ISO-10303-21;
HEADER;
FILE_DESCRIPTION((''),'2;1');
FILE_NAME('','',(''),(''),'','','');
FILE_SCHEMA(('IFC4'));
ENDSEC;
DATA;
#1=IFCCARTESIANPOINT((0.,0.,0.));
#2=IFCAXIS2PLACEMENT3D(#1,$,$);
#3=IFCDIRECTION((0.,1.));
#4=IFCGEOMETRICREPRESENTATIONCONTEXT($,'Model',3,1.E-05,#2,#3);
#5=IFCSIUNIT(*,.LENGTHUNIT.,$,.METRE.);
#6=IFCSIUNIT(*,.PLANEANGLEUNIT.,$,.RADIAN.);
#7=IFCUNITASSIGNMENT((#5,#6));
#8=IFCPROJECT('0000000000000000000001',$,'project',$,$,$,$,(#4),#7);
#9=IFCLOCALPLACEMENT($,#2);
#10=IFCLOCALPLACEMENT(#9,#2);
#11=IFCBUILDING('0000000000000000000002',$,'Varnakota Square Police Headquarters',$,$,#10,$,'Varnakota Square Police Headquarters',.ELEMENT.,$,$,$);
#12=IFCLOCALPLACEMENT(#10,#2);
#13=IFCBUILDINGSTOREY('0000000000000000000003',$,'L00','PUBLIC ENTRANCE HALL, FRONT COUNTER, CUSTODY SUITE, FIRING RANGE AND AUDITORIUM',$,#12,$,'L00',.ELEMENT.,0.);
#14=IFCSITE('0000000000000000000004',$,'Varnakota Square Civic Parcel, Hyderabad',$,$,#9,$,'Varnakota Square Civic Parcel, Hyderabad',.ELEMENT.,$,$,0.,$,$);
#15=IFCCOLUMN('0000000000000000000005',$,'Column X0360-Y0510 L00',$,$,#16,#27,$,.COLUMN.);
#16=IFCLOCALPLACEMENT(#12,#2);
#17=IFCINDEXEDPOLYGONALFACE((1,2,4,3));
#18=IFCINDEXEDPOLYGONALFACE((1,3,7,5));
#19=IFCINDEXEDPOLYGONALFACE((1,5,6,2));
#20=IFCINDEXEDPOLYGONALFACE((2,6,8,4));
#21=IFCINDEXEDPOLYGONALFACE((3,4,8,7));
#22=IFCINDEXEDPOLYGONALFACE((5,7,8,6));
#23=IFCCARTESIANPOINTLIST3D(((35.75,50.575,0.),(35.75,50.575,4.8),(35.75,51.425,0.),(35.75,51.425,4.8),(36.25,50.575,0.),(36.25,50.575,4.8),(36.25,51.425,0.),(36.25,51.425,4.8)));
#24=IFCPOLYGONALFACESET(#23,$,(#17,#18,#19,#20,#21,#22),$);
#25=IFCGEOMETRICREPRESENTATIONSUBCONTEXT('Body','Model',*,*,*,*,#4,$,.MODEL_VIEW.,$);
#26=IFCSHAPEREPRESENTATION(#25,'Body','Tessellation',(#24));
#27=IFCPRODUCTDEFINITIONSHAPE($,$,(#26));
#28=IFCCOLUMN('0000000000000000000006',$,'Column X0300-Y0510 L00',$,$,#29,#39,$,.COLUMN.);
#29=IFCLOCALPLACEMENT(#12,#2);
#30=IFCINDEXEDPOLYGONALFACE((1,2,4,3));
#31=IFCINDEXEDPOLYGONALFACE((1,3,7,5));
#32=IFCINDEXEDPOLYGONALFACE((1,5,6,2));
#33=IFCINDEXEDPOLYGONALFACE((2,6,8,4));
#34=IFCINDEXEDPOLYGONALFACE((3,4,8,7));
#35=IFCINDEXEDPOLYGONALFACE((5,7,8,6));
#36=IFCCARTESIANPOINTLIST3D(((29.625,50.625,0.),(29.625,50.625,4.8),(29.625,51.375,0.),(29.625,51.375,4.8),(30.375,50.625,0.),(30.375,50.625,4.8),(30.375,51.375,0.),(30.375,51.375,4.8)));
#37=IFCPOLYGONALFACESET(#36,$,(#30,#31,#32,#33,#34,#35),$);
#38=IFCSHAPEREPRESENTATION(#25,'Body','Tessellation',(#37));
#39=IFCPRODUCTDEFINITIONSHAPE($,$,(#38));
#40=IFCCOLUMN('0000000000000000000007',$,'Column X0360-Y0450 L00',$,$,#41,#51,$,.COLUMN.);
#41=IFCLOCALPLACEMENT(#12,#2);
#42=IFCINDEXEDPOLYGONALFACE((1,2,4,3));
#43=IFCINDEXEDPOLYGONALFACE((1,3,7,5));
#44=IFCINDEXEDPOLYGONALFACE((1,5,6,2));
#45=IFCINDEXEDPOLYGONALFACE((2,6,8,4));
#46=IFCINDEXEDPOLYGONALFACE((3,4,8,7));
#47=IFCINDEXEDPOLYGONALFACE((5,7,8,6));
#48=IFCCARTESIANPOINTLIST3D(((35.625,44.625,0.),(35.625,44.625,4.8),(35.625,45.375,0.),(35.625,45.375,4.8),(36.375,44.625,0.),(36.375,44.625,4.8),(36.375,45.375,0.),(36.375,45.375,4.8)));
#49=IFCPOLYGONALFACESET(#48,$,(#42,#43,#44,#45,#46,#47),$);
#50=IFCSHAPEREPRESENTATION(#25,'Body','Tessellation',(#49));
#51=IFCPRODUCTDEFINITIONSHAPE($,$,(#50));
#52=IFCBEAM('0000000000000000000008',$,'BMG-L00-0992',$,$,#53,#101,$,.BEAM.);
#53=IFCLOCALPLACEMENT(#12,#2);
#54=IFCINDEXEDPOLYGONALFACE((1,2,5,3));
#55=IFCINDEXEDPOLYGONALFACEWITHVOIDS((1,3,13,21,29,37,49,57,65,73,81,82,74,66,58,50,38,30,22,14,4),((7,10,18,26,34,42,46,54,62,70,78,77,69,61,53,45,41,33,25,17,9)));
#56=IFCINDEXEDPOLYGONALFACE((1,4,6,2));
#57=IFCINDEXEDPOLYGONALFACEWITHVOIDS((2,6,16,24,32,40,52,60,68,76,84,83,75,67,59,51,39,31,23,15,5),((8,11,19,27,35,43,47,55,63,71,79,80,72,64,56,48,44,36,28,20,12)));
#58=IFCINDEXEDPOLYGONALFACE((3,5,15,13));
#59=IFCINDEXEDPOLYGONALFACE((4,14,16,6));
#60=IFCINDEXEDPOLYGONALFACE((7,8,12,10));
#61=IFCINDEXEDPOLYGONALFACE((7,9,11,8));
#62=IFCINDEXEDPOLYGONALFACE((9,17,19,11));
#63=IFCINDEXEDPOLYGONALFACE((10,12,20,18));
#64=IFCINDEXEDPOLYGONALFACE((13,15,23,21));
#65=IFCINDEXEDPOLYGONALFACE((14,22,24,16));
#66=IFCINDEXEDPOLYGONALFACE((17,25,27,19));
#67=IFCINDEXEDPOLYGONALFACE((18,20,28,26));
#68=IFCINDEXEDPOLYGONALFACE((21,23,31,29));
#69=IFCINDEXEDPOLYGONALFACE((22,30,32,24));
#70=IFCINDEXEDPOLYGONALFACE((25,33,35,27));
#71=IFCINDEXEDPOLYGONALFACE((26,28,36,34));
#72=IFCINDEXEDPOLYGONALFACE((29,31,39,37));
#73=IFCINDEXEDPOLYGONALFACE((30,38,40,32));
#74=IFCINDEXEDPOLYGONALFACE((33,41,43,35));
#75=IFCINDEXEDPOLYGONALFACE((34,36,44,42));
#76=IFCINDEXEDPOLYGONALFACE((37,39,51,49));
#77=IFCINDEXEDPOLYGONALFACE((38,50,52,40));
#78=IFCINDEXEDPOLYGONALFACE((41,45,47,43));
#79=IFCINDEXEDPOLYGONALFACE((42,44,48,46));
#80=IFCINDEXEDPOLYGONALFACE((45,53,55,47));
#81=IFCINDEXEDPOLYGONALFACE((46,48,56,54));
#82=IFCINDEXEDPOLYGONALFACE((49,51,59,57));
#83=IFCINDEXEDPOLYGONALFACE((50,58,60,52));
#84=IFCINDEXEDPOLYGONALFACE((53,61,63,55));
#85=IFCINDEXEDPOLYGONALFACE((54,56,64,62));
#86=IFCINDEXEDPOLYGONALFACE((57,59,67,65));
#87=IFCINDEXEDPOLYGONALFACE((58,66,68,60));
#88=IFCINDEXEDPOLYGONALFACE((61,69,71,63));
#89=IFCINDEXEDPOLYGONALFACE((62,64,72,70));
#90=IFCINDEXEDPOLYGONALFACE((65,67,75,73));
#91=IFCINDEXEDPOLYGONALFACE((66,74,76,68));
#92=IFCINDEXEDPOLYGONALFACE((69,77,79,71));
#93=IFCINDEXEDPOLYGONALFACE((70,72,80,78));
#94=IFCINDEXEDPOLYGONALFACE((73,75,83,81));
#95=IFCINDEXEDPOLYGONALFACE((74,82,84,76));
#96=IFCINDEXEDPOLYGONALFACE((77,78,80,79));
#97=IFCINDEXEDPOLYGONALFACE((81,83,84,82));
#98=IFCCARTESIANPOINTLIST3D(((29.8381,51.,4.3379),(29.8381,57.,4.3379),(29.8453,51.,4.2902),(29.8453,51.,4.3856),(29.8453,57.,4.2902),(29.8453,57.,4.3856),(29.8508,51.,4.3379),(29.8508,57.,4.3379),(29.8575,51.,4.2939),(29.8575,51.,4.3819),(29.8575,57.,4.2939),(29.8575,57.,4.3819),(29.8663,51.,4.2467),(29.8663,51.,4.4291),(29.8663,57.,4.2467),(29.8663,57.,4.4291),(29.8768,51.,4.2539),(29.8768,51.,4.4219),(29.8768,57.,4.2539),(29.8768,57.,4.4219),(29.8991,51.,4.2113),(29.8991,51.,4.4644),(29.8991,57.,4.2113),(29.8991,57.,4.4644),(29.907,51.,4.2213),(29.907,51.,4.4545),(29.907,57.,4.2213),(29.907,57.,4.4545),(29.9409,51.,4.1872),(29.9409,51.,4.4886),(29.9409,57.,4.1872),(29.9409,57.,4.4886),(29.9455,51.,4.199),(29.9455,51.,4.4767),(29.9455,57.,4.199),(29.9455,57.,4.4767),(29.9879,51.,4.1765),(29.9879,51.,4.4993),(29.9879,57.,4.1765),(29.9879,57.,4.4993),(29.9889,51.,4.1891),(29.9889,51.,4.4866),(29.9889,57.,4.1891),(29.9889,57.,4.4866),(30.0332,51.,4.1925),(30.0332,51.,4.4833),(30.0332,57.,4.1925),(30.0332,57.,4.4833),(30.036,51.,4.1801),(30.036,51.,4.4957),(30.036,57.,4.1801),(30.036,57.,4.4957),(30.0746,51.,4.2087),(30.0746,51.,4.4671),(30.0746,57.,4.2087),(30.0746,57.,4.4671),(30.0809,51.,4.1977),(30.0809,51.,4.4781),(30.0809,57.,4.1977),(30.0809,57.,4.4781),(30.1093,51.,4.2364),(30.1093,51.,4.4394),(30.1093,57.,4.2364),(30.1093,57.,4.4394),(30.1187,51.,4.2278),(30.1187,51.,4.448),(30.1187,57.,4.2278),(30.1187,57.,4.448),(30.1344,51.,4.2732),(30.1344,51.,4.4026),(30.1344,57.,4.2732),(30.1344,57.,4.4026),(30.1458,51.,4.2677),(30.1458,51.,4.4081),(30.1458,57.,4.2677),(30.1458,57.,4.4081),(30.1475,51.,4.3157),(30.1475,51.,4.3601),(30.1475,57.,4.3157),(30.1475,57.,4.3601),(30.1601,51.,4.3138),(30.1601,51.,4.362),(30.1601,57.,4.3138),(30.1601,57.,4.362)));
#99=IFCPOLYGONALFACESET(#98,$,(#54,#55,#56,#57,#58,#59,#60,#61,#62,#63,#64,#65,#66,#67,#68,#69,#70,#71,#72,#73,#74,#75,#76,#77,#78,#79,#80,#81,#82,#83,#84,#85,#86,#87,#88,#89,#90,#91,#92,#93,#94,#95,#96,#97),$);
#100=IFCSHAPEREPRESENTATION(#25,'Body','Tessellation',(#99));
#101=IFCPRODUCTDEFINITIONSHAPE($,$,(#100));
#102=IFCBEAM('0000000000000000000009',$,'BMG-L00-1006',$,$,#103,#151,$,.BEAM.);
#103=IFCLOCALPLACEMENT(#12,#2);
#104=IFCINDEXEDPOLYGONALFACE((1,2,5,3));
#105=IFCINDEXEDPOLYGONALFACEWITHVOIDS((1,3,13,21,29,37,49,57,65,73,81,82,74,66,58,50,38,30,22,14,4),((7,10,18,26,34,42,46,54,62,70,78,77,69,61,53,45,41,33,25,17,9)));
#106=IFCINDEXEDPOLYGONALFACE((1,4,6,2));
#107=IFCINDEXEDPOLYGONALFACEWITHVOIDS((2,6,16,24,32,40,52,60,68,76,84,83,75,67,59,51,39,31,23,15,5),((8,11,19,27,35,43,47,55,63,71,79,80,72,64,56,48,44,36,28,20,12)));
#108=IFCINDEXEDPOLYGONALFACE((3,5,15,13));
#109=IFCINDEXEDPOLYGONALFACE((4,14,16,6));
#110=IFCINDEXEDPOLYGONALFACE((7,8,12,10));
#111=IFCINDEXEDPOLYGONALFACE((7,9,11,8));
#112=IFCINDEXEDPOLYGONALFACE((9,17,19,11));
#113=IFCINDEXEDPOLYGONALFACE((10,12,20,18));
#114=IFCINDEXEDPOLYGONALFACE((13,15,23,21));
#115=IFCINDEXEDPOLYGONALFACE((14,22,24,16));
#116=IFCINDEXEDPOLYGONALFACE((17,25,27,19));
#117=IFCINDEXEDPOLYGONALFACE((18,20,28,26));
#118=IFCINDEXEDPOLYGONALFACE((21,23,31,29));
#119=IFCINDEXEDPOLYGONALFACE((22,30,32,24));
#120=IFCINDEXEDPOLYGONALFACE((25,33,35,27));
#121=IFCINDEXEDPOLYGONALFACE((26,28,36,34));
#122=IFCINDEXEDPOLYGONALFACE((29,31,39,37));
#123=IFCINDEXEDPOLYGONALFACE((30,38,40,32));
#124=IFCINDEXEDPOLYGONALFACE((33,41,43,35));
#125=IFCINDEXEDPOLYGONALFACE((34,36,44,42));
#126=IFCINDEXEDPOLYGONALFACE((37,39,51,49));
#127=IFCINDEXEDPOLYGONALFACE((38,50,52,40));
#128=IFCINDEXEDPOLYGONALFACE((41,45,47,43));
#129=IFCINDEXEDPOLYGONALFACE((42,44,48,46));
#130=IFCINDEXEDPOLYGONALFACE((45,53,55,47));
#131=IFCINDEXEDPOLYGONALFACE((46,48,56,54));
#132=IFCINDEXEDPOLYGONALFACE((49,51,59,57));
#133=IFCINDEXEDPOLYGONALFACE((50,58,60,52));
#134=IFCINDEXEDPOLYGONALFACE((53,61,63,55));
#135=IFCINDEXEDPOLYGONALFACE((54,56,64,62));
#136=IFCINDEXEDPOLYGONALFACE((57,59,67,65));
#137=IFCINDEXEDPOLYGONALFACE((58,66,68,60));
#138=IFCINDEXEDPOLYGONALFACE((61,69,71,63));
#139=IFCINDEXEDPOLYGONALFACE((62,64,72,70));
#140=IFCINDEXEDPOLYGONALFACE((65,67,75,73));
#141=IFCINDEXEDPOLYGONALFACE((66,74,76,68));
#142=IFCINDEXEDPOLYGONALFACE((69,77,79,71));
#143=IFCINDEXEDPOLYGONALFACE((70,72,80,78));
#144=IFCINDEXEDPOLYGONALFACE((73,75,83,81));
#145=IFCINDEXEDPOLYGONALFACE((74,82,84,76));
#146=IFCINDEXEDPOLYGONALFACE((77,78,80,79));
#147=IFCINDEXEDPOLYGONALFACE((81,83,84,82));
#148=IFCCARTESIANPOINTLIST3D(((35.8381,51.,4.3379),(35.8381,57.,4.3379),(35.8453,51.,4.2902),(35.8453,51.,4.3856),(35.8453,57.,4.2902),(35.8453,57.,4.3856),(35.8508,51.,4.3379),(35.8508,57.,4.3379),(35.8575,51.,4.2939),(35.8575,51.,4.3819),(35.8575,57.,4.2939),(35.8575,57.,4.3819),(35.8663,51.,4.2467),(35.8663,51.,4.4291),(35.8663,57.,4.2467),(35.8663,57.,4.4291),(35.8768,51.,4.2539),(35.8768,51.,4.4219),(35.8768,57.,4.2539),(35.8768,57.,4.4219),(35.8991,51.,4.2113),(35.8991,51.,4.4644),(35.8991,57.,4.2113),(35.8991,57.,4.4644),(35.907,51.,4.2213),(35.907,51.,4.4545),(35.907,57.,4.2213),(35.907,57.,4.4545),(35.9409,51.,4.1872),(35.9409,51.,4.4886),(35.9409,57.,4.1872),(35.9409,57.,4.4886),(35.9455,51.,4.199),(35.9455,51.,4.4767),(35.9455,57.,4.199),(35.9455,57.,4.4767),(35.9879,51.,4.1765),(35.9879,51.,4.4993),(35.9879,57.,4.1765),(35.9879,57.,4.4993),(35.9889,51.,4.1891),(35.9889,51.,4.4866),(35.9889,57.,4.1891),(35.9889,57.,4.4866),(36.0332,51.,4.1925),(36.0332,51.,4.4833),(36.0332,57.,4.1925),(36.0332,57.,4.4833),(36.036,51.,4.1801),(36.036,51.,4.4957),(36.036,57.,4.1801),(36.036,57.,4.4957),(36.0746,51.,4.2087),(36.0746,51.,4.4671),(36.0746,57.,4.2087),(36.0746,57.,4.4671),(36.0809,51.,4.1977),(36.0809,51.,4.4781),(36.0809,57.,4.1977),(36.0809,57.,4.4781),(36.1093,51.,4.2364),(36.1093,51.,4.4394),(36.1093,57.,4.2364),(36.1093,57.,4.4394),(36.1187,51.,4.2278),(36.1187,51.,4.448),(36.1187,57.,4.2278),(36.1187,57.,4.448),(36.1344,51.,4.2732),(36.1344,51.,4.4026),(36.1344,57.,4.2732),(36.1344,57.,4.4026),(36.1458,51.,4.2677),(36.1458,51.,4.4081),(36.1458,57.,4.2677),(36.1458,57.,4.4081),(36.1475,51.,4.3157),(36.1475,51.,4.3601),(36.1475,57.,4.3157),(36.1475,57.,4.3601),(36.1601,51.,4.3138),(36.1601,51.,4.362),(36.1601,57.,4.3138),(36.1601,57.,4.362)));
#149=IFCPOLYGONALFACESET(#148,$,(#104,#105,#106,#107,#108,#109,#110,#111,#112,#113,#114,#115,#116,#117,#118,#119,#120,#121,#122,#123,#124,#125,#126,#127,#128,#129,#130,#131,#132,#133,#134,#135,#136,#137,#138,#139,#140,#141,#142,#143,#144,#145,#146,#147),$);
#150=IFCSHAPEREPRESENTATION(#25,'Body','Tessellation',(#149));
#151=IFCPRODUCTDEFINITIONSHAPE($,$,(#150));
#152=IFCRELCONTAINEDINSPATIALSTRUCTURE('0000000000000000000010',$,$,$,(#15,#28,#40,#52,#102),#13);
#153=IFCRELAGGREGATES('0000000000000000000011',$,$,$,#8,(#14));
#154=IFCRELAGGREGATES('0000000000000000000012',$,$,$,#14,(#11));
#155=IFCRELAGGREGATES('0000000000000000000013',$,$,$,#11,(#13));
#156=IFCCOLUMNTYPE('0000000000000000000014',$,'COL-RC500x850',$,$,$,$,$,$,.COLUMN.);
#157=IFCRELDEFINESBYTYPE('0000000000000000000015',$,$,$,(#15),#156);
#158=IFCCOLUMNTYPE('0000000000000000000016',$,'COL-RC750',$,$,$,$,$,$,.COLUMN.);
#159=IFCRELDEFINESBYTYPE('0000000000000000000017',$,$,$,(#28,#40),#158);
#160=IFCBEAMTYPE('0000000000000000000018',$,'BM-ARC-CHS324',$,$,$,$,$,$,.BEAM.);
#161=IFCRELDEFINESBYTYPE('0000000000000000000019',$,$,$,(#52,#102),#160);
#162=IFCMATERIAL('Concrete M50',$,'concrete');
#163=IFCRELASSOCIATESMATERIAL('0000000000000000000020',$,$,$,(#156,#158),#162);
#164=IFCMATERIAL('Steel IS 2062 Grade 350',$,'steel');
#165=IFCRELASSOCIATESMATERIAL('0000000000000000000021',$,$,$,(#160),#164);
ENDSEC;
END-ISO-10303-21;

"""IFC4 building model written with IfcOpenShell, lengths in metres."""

from ifc_helpers import new_model, si_unit, direction, frame, origin, origin_2d, place, context, subcontext, project, spatial, rectangle, hollow_circle, extrude, material, material_profile, profile_set, type_object, element, save


model = new_model("IFC4")

# Units and contexts
model_context = context("Model", 3, precision=1e-05, world=origin(), true_north=direction((0.0, 1.0)))
body_context = subcontext(model_context, "Body", "Model", "MODEL_VIEW")
ifc_project = project(units=[si_unit("LENGTHUNIT", "METRE"), si_unit("PLANEANGLEUNIT", "RADIAN")], contexts=[model_context])

# Site, building, storey
site_placement = place(None, origin())
site = spatial("IfcSite", under=ifc_project, at=site_placement, Name="Varnakota Square Civic Parcel, Hyderabad", LongName="Varnakota Square Civic Parcel, Hyderabad", CompositionType="ELEMENT", RefElevation=0.0)
building_placement = place(site_placement, origin())
building = spatial("IfcBuilding", under=site, at=building_placement, Name="Varnakota Square Police Headquarters", LongName="Varnakota Square Police Headquarters", CompositionType="ELEMENT")
storey_placement = place(building_placement, origin())
storey = spatial("IfcBuildingStorey", under=building, at=storey_placement, Name="L00", Description="PUBLIC ENTRANCE HALL, FRONT COUNTER, CUSTODY SUITE, FIRING RANGE AND AUDITORIUM", LongName="L00", CompositionType="ELEMENT", Elevation=0.0)

# Columns
ifc_material_1 = material(Name="Concrete M50", Category="concrete")
ifc_material_profile_1 = material_profile(ifc_material_1, rectangle(XDim=0.5, YDim=0.8501, at=origin_2d()), Name="RC 500x850")
ifc_profile_set_1 = profile_set([ifc_material_profile_1], Name="Concrete M50")
column_type_1 = type_object("IfcColumnType", Name="COL-RC500x850", PredefinedType="COLUMN", material=ifc_profile_set_1)
column_placement = place(storey_placement, frame((36.0, 51.0, 0.0), z_axis=(0.0, 0.0, 1.0), x_axis=(1.0, 0.0, 0.0)))
element("IfcColumn", 1, at=column_placement, inside=storey, type_object=column_type_1, Name="Column X0360-Y0510 L00", PredefinedType="COLUMN", context=body_context, shape_type="SweptSolid", body=[
    extrude(rectangle(XDim=0.5, YDim=0.8501, at=origin_2d()), origin(), (0.0, 0.0, 1.0), 4.8),
])
ifc_material_profile_2 = material_profile(ifc_material_1, rectangle(XDim=0.75, YDim=0.75, at=origin_2d()), Name="RC 750x750")
ifc_profile_set_2 = profile_set([ifc_material_profile_2], Name="Concrete M50")
column_type_2 = type_object("IfcColumnType", Name="COL-RC750", PredefinedType="COLUMN", material=ifc_profile_set_2)
for number, where, z_axis, x_axis, name in (
    (2, (30.0, 51.0, 0.0), (0.0, 0.0, 1.0), (1.0, 0.0, 0.0), "Column X0300-Y0510 L00"),
    (3, (36.0, 45.0, 0.0), (0.0, 0.0, 1.0), (1.0, 0.0, 0.0), "Column X0360-Y0450 L00"),
):
    element("IfcColumn", number, at=place(storey_placement, frame(where, z_axis=z_axis, x_axis=x_axis)), inside=storey, type_object=column_type_2, Name=name, PredefinedType="COLUMN", context=body_context, shape_type="SweptSolid", body=[
        extrude(rectangle(XDim=0.75, YDim=0.75, at=origin_2d()), origin(), (0.0, 0.0, 1.0), 4.8),
    ])

# Beams
ifc_material_2 = material(Name="Steel IS 2062 Grade 350", Category="steel")
ifc_material_profile_3 = material_profile(ifc_material_2, hollow_circle(Radius=0.1619, WallThickness=0.0127, at=origin_2d()), Name="CHS 323.9x12.7")
ifc_profile_set_3 = profile_set([ifc_material_profile_3], Name="Steel IS 2062 Grade 350")
beam_type_1 = type_object("IfcBeamType", Name="BM-ARC-CHS324", PredefinedType="BEAM", material=ifc_profile_set_3)
for number, where, z_axis, x_axis, name in (
    (4, (30.0, 51.0, 4.3379), (0.0, 1.0, 0.0), (-1.0, 0.0, 0.0), "BMG-L00-0992"),
    (5, (36.0, 51.0, 4.3379), (0.0, 1.0, 0.0), (-1.0, 0.0, 0.0), "BMG-L00-1006"),
):
    element("IfcBeam", number, at=place(storey_placement, frame(where, z_axis=z_axis, x_axis=x_axis)), inside=storey, type_object=beam_type_1, Name=name, PredefinedType="BEAM", context=body_context, shape_type="SweptSolid", body=[
        extrude(hollow_circle(Radius=0.1619, WallThickness=0.0127, at=origin_2d()), origin(), (0.0, 0.0, 1.0), 6.0),
    ])

save(model, "model.ifc")
